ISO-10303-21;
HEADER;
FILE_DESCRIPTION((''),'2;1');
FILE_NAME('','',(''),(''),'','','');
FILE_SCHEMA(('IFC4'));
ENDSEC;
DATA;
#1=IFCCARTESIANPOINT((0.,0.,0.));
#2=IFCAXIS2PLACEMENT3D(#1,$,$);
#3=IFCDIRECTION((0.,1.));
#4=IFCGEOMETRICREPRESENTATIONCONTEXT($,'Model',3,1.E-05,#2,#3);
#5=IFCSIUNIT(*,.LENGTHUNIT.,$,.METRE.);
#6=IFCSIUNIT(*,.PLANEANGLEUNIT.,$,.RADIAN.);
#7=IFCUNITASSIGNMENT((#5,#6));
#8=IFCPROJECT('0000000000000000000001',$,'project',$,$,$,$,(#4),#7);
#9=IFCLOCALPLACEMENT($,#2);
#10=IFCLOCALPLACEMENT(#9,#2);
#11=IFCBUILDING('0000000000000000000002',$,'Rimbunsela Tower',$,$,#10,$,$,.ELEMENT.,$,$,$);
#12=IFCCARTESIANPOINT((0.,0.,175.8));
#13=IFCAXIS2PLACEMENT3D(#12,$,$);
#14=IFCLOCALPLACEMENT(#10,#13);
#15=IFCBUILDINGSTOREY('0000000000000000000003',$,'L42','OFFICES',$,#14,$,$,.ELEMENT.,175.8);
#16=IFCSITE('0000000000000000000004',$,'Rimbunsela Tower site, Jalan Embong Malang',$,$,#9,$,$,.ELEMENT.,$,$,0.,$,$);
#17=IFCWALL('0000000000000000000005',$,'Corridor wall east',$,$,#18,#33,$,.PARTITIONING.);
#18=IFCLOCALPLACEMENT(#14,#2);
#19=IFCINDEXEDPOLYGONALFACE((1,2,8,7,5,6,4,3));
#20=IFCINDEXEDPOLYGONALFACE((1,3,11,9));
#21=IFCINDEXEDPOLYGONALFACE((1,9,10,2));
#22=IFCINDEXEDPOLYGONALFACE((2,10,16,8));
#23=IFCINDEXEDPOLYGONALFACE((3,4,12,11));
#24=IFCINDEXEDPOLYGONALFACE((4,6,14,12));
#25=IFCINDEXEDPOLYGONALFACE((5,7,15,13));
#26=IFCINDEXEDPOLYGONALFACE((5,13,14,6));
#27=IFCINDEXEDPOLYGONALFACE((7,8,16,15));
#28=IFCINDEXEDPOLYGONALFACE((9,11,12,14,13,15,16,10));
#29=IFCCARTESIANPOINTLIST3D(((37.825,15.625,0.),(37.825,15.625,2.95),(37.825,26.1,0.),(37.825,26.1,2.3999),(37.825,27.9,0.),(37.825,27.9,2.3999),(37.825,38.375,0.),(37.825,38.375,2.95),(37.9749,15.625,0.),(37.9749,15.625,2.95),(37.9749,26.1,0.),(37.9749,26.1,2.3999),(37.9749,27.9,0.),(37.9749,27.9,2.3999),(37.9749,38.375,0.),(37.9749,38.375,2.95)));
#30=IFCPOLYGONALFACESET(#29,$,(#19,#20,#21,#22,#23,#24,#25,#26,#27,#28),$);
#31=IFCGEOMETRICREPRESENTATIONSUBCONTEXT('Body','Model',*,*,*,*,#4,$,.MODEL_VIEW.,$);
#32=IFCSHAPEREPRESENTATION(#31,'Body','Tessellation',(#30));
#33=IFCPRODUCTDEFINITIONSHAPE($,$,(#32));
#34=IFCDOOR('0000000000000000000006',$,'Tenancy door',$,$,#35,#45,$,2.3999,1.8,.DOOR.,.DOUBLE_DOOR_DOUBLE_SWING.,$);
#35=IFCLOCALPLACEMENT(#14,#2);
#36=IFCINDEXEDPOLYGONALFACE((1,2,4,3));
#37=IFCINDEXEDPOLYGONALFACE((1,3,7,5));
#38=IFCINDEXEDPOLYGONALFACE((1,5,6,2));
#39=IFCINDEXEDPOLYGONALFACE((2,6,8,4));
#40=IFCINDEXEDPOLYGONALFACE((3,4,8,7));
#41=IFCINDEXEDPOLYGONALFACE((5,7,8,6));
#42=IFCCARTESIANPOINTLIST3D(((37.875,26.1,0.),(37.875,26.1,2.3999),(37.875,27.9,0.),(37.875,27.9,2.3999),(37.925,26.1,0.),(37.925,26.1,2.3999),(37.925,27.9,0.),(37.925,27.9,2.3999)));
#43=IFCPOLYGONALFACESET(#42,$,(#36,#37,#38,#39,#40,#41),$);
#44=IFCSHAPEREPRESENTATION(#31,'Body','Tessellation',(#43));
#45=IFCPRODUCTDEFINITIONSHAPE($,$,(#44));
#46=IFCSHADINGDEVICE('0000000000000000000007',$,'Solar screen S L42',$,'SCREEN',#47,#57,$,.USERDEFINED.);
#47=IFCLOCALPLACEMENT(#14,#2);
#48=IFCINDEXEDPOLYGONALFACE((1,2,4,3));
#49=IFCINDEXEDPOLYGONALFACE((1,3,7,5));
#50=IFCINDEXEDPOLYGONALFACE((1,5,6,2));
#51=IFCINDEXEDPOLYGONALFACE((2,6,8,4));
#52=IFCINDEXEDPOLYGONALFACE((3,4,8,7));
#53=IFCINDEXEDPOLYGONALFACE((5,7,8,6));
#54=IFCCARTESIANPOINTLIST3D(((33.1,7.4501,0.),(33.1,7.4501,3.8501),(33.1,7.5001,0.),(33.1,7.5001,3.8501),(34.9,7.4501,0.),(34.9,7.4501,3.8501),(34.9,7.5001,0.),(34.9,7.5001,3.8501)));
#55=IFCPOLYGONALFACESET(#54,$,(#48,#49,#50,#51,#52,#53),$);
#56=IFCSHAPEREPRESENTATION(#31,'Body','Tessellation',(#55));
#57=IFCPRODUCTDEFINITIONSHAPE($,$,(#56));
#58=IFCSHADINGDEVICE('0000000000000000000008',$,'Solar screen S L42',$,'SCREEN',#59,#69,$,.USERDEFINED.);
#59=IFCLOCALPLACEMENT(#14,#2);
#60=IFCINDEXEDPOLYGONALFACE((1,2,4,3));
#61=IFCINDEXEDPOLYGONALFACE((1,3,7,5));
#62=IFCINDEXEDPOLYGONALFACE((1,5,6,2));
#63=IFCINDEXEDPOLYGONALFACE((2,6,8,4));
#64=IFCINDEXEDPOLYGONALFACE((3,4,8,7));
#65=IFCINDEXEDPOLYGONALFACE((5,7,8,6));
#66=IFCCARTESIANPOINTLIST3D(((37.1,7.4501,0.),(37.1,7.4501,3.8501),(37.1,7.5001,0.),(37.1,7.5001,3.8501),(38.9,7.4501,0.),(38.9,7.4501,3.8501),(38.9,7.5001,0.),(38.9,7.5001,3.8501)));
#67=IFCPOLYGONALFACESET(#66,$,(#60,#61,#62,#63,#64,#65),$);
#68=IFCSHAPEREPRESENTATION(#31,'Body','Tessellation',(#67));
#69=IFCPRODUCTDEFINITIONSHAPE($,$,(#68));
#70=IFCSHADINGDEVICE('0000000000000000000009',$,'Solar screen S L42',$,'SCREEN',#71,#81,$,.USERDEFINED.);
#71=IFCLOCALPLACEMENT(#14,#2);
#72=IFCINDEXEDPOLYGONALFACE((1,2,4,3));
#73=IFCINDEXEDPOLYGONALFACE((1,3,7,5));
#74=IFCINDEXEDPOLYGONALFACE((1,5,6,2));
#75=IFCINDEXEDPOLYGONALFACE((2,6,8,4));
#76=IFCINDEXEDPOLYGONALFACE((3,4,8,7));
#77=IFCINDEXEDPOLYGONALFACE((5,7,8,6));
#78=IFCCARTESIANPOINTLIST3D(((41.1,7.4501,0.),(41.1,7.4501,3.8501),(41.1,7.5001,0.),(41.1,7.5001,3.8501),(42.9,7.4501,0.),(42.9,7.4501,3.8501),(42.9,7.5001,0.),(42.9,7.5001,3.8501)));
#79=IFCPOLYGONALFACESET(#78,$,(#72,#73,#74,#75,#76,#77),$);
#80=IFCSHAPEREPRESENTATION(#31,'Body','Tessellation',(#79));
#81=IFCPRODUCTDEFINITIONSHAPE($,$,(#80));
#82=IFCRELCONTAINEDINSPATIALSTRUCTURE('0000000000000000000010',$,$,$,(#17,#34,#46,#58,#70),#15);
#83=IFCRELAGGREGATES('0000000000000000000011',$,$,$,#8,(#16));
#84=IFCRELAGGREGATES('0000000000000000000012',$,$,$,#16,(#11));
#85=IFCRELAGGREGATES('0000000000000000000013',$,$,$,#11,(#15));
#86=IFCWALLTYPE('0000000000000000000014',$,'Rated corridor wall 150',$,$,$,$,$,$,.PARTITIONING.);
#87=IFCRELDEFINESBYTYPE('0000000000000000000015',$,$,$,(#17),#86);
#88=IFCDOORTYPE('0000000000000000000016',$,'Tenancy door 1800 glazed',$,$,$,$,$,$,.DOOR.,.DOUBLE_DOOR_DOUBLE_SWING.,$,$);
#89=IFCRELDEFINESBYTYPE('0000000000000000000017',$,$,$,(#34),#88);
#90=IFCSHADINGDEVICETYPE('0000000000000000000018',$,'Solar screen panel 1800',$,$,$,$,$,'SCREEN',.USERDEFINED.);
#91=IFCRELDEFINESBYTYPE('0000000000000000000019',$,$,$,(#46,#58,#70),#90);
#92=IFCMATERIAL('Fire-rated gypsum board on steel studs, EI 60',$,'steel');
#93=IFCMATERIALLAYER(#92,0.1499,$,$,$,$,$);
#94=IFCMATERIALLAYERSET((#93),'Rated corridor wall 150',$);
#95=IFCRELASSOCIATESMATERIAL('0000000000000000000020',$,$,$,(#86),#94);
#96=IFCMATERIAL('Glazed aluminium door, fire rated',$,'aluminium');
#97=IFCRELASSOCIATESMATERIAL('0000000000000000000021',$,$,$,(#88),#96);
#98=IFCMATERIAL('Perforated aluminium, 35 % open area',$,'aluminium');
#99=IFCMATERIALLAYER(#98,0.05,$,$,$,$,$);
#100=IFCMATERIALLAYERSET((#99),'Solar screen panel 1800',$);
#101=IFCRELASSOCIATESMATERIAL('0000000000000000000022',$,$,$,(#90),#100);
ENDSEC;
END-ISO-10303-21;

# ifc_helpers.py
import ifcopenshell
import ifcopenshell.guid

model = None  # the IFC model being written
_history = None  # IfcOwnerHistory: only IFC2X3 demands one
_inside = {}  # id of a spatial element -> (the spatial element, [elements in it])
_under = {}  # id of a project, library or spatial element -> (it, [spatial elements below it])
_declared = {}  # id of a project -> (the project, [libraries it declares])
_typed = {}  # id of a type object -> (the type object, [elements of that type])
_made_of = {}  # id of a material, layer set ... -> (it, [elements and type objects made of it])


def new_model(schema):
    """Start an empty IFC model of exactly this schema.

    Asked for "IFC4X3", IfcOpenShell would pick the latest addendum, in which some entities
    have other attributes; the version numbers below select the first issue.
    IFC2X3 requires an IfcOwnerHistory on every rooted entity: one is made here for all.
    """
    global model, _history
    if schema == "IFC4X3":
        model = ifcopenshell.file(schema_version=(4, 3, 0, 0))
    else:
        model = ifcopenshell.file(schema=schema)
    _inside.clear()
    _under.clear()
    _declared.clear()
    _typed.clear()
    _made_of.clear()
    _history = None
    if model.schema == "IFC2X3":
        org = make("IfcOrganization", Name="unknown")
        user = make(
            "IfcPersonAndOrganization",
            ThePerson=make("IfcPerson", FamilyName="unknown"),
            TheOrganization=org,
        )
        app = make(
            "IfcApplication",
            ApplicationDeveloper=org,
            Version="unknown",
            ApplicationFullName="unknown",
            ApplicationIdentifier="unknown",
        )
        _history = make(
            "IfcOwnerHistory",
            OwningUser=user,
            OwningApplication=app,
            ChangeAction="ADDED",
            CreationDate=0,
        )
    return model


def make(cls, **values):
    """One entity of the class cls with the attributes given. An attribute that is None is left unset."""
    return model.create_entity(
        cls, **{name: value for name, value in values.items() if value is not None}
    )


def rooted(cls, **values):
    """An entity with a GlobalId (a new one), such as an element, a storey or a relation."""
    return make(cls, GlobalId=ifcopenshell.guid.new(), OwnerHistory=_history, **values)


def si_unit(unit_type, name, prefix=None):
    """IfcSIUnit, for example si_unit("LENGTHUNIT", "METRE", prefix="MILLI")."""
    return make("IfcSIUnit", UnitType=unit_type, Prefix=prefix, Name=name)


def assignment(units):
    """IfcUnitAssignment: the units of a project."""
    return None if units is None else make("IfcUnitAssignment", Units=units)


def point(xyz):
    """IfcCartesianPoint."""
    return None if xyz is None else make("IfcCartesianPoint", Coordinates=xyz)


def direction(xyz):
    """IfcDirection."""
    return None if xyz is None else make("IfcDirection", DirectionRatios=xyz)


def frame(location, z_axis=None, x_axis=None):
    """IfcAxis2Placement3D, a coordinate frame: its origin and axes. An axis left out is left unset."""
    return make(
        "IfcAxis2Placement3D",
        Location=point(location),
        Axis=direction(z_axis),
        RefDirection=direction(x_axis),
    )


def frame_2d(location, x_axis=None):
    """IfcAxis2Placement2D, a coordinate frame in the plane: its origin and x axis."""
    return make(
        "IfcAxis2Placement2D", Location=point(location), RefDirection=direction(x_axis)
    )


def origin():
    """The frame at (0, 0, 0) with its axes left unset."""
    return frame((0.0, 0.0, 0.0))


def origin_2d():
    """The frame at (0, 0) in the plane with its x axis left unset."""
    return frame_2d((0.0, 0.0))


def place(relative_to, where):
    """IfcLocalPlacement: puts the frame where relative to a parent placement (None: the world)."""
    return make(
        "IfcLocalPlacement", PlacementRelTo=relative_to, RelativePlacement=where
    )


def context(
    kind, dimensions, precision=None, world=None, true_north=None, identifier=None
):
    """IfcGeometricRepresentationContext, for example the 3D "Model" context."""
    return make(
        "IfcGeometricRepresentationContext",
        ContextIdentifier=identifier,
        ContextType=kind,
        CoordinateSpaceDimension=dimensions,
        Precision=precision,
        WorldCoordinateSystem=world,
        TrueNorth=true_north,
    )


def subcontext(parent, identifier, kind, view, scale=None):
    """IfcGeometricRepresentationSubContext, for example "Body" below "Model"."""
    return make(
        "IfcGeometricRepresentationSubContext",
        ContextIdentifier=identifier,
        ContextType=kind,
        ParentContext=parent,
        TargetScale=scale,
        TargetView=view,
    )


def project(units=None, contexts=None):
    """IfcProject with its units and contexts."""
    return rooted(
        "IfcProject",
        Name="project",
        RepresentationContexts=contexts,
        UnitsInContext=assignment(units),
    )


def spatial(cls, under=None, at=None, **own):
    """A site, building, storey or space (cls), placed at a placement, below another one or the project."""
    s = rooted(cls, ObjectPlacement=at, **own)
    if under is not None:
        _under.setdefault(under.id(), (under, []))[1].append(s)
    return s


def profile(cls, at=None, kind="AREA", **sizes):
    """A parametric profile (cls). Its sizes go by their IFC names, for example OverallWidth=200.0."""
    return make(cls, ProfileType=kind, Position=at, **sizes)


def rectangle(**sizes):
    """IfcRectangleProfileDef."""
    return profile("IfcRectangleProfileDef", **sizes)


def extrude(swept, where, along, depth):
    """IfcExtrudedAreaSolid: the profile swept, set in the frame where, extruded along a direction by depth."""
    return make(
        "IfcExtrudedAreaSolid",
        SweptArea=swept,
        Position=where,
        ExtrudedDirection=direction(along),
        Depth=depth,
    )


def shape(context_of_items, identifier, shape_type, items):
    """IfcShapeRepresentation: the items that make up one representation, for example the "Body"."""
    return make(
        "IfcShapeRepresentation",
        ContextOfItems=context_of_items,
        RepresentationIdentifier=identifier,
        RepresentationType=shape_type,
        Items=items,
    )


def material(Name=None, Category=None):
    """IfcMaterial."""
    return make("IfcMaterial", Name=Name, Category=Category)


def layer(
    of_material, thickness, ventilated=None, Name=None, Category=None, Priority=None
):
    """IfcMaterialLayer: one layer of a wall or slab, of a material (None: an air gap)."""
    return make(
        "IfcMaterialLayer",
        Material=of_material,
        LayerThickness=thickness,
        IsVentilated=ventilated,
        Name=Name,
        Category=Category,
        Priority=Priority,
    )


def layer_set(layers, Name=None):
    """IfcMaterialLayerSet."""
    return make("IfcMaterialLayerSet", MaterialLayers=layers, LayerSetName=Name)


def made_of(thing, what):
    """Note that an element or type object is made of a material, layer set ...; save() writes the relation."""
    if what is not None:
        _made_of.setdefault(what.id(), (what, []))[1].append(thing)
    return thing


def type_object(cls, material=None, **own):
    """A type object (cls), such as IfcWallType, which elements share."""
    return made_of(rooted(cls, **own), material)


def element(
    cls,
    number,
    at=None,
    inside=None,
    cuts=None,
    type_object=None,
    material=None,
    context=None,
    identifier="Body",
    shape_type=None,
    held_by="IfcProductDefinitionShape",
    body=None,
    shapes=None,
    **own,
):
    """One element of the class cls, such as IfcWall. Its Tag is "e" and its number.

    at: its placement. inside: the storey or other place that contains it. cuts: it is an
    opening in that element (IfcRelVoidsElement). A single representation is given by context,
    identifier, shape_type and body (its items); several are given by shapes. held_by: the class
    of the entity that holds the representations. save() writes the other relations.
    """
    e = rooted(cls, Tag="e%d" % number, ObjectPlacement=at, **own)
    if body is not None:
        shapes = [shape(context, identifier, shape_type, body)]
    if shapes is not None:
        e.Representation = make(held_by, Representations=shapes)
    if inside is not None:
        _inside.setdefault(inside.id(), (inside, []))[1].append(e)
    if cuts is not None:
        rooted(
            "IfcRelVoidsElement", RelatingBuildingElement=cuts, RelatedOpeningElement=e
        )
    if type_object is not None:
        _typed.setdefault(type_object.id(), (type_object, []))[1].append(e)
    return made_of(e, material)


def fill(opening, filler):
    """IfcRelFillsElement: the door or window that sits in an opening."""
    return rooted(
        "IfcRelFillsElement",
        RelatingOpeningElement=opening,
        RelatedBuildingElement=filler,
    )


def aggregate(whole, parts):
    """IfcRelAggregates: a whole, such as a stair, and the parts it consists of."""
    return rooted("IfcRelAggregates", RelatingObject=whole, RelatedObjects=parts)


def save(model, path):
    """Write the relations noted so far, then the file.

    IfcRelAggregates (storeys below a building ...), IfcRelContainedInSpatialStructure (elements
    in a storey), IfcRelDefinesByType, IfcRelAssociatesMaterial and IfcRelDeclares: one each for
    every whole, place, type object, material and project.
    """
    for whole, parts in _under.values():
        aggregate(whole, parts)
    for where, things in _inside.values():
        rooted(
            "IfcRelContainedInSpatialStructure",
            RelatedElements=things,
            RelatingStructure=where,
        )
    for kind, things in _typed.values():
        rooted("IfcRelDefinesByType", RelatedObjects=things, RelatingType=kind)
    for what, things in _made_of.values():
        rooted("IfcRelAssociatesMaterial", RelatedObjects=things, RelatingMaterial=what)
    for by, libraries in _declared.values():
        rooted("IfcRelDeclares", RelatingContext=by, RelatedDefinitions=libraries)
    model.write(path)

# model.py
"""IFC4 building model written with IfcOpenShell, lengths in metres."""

from ifc_helpers import new_model, si_unit, direction, frame, frame_2d, origin, origin_2d, place, context, subcontext, project, spatial, rectangle, extrude, material, layer, layer_set, type_object, element, fill, save


model = new_model("IFC4")

# Units and contexts
model_context = context("Model", 3, precision=1e-05, world=origin(), true_north=direction((0.0, 1.0)))
body_context = subcontext(model_context, "Body", "Model", "MODEL_VIEW")
ifc_project = project(units=[si_unit("LENGTHUNIT", "METRE"), si_unit("PLANEANGLEUNIT", "RADIAN")], contexts=[model_context])

# Site, building, storey
site_placement = place(None, origin())
site = spatial("IfcSite", under=ifc_project, at=site_placement, Name="Rimbunsela Tower site, Jalan Embong Malang", CompositionType="ELEMENT", RefElevation=0.0)
building_placement = place(site_placement, origin())
building = spatial("IfcBuilding", under=site, at=building_placement, Name="Rimbunsela Tower", CompositionType="ELEMENT")
storey_placement = place(building_placement, frame((0.0, 0.0, 175.8)))
storey = spatial("IfcBuildingStorey", under=building, at=storey_placement, Name="L42", Description="OFFICES", CompositionType="ELEMENT", Elevation=175.8)

# Wall, opening, door
ifc_material_1 = material(Name="Fire-rated gypsum board on steel studs, EI 60", Category="steel")
ifc_layer_1 = layer(ifc_material_1, 0.1499)
ifc_layer_set_1 = layer_set([ifc_layer_1], Name="Rated corridor wall 150")
wall_type_1 = type_object("IfcWallType", Name="Rated corridor wall 150", PredefinedType="PARTITIONING", material=ifc_layer_set_1)
wall_1_placement = place(storey_placement, frame((37.8999, 15.625, 0.0), z_axis=(0.0, 0.0, 1.0), x_axis=(0.0, 1.0, 0.0)))
wall_1 = element("IfcWall", 1, at=wall_1_placement, inside=storey, type_object=wall_type_1, Name="Corridor wall east", PredefinedType="PARTITIONING", context=body_context, shape_type="SweptSolid", body=[
    extrude(rectangle(XDim=22.75, YDim=0.1499, at=frame_2d((11.375, 0.0))), origin(), (0.0, 0.0, 1.0), 2.95),
])
opening_1_placement = place(wall_1_placement, frame((10.4751, 0.0, 0.0)))
opening_1 = element("IfcOpeningElement", 2, at=opening_1_placement, cuts=wall_1, PredefinedType="OPENING", context=body_context, shape_type="SweptSolid", body=[
    extrude(rectangle(XDim=1.8, YDim=2.3999, at=frame_2d((0.8999, 1.2))), frame((0.0, 0.085, 0.0), z_axis=(0.0, -1.0, 0.0), x_axis=(1.0, 0.0, 0.0)), (0.0, 0.0, 1.0), 0.1699),
])
ifc_material_2 = material(Name="Glazed aluminium door, fire rated", Category="aluminium")
door_type_1 = type_object("IfcDoorType", Name="Tenancy door 1800 glazed", OperationType="DOUBLE_DOOR_DOUBLE_SWING", PredefinedType="DOOR", material=ifc_material_2)
door_1_placement = place(opening_1_placement, origin())
door_1 = element("IfcDoor", 3, at=door_1_placement, inside=storey, type_object=door_type_1, Name="Tenancy door", OperationType="DOUBLE_DOOR_DOUBLE_SWING", OverallHeight=2.3999, OverallWidth=1.8, PredefinedType="DOOR", context=body_context, shape_type="SweptSolid", body=[
    extrude(rectangle(XDim=1.8, YDim=2.3999, at=frame_2d((0.8999, 1.2))), frame((0.0, 0.0249, 0.0), z_axis=(0.0, -1.0, 0.0), x_axis=(1.0, 0.0, 0.0)), (0.0, 0.0, 1.0), 0.05),
])
fill(opening_1, door_1)

# Shading devices
ifc_material_3 = material(Name="Perforated aluminium, 35 % open area", Category="aluminium")
ifc_layer_2 = layer(ifc_material_3, 0.05)
ifc_layer_set_2 = layer_set([ifc_layer_2], Name="Solar screen panel 1800")
shading_device_type = type_object("IfcShadingDeviceType", Name="Solar screen panel 1800", ElementType="SCREEN", PredefinedType="USERDEFINED", material=ifc_layer_set_2)
for number, where, z_axis, x_axis, name in (
    (4, (34.0, 7.4751, 0.0), (0.0, 0.0, 1.0), (1.0, 0.0, 0.0), "Solar screen S L42"),
    (5, (38.0, 7.4751, 0.0), (0.0, 0.0, 1.0), (1.0, 0.0, 0.0), "Solar screen S L42"),
    (6, (42.0, 7.4751, 0.0), (0.0, 0.0, 1.0), (1.0, 0.0, 0.0), "Solar screen S L42"),
):
    element("IfcShadingDevice", number, at=place(storey_placement, frame(where, z_axis=z_axis, x_axis=x_axis)), inside=storey, type_object=shading_device_type, Name=name, ObjectType="SCREEN", PredefinedType="USERDEFINED", context=body_context, shape_type="SweptSolid", body=[
        extrude(rectangle(XDim=1.8, YDim=0.05, at=origin_2d()), origin(), (0.0, 0.0, 1.0), 3.8501),
    ])

save(model, "model.ifc")
